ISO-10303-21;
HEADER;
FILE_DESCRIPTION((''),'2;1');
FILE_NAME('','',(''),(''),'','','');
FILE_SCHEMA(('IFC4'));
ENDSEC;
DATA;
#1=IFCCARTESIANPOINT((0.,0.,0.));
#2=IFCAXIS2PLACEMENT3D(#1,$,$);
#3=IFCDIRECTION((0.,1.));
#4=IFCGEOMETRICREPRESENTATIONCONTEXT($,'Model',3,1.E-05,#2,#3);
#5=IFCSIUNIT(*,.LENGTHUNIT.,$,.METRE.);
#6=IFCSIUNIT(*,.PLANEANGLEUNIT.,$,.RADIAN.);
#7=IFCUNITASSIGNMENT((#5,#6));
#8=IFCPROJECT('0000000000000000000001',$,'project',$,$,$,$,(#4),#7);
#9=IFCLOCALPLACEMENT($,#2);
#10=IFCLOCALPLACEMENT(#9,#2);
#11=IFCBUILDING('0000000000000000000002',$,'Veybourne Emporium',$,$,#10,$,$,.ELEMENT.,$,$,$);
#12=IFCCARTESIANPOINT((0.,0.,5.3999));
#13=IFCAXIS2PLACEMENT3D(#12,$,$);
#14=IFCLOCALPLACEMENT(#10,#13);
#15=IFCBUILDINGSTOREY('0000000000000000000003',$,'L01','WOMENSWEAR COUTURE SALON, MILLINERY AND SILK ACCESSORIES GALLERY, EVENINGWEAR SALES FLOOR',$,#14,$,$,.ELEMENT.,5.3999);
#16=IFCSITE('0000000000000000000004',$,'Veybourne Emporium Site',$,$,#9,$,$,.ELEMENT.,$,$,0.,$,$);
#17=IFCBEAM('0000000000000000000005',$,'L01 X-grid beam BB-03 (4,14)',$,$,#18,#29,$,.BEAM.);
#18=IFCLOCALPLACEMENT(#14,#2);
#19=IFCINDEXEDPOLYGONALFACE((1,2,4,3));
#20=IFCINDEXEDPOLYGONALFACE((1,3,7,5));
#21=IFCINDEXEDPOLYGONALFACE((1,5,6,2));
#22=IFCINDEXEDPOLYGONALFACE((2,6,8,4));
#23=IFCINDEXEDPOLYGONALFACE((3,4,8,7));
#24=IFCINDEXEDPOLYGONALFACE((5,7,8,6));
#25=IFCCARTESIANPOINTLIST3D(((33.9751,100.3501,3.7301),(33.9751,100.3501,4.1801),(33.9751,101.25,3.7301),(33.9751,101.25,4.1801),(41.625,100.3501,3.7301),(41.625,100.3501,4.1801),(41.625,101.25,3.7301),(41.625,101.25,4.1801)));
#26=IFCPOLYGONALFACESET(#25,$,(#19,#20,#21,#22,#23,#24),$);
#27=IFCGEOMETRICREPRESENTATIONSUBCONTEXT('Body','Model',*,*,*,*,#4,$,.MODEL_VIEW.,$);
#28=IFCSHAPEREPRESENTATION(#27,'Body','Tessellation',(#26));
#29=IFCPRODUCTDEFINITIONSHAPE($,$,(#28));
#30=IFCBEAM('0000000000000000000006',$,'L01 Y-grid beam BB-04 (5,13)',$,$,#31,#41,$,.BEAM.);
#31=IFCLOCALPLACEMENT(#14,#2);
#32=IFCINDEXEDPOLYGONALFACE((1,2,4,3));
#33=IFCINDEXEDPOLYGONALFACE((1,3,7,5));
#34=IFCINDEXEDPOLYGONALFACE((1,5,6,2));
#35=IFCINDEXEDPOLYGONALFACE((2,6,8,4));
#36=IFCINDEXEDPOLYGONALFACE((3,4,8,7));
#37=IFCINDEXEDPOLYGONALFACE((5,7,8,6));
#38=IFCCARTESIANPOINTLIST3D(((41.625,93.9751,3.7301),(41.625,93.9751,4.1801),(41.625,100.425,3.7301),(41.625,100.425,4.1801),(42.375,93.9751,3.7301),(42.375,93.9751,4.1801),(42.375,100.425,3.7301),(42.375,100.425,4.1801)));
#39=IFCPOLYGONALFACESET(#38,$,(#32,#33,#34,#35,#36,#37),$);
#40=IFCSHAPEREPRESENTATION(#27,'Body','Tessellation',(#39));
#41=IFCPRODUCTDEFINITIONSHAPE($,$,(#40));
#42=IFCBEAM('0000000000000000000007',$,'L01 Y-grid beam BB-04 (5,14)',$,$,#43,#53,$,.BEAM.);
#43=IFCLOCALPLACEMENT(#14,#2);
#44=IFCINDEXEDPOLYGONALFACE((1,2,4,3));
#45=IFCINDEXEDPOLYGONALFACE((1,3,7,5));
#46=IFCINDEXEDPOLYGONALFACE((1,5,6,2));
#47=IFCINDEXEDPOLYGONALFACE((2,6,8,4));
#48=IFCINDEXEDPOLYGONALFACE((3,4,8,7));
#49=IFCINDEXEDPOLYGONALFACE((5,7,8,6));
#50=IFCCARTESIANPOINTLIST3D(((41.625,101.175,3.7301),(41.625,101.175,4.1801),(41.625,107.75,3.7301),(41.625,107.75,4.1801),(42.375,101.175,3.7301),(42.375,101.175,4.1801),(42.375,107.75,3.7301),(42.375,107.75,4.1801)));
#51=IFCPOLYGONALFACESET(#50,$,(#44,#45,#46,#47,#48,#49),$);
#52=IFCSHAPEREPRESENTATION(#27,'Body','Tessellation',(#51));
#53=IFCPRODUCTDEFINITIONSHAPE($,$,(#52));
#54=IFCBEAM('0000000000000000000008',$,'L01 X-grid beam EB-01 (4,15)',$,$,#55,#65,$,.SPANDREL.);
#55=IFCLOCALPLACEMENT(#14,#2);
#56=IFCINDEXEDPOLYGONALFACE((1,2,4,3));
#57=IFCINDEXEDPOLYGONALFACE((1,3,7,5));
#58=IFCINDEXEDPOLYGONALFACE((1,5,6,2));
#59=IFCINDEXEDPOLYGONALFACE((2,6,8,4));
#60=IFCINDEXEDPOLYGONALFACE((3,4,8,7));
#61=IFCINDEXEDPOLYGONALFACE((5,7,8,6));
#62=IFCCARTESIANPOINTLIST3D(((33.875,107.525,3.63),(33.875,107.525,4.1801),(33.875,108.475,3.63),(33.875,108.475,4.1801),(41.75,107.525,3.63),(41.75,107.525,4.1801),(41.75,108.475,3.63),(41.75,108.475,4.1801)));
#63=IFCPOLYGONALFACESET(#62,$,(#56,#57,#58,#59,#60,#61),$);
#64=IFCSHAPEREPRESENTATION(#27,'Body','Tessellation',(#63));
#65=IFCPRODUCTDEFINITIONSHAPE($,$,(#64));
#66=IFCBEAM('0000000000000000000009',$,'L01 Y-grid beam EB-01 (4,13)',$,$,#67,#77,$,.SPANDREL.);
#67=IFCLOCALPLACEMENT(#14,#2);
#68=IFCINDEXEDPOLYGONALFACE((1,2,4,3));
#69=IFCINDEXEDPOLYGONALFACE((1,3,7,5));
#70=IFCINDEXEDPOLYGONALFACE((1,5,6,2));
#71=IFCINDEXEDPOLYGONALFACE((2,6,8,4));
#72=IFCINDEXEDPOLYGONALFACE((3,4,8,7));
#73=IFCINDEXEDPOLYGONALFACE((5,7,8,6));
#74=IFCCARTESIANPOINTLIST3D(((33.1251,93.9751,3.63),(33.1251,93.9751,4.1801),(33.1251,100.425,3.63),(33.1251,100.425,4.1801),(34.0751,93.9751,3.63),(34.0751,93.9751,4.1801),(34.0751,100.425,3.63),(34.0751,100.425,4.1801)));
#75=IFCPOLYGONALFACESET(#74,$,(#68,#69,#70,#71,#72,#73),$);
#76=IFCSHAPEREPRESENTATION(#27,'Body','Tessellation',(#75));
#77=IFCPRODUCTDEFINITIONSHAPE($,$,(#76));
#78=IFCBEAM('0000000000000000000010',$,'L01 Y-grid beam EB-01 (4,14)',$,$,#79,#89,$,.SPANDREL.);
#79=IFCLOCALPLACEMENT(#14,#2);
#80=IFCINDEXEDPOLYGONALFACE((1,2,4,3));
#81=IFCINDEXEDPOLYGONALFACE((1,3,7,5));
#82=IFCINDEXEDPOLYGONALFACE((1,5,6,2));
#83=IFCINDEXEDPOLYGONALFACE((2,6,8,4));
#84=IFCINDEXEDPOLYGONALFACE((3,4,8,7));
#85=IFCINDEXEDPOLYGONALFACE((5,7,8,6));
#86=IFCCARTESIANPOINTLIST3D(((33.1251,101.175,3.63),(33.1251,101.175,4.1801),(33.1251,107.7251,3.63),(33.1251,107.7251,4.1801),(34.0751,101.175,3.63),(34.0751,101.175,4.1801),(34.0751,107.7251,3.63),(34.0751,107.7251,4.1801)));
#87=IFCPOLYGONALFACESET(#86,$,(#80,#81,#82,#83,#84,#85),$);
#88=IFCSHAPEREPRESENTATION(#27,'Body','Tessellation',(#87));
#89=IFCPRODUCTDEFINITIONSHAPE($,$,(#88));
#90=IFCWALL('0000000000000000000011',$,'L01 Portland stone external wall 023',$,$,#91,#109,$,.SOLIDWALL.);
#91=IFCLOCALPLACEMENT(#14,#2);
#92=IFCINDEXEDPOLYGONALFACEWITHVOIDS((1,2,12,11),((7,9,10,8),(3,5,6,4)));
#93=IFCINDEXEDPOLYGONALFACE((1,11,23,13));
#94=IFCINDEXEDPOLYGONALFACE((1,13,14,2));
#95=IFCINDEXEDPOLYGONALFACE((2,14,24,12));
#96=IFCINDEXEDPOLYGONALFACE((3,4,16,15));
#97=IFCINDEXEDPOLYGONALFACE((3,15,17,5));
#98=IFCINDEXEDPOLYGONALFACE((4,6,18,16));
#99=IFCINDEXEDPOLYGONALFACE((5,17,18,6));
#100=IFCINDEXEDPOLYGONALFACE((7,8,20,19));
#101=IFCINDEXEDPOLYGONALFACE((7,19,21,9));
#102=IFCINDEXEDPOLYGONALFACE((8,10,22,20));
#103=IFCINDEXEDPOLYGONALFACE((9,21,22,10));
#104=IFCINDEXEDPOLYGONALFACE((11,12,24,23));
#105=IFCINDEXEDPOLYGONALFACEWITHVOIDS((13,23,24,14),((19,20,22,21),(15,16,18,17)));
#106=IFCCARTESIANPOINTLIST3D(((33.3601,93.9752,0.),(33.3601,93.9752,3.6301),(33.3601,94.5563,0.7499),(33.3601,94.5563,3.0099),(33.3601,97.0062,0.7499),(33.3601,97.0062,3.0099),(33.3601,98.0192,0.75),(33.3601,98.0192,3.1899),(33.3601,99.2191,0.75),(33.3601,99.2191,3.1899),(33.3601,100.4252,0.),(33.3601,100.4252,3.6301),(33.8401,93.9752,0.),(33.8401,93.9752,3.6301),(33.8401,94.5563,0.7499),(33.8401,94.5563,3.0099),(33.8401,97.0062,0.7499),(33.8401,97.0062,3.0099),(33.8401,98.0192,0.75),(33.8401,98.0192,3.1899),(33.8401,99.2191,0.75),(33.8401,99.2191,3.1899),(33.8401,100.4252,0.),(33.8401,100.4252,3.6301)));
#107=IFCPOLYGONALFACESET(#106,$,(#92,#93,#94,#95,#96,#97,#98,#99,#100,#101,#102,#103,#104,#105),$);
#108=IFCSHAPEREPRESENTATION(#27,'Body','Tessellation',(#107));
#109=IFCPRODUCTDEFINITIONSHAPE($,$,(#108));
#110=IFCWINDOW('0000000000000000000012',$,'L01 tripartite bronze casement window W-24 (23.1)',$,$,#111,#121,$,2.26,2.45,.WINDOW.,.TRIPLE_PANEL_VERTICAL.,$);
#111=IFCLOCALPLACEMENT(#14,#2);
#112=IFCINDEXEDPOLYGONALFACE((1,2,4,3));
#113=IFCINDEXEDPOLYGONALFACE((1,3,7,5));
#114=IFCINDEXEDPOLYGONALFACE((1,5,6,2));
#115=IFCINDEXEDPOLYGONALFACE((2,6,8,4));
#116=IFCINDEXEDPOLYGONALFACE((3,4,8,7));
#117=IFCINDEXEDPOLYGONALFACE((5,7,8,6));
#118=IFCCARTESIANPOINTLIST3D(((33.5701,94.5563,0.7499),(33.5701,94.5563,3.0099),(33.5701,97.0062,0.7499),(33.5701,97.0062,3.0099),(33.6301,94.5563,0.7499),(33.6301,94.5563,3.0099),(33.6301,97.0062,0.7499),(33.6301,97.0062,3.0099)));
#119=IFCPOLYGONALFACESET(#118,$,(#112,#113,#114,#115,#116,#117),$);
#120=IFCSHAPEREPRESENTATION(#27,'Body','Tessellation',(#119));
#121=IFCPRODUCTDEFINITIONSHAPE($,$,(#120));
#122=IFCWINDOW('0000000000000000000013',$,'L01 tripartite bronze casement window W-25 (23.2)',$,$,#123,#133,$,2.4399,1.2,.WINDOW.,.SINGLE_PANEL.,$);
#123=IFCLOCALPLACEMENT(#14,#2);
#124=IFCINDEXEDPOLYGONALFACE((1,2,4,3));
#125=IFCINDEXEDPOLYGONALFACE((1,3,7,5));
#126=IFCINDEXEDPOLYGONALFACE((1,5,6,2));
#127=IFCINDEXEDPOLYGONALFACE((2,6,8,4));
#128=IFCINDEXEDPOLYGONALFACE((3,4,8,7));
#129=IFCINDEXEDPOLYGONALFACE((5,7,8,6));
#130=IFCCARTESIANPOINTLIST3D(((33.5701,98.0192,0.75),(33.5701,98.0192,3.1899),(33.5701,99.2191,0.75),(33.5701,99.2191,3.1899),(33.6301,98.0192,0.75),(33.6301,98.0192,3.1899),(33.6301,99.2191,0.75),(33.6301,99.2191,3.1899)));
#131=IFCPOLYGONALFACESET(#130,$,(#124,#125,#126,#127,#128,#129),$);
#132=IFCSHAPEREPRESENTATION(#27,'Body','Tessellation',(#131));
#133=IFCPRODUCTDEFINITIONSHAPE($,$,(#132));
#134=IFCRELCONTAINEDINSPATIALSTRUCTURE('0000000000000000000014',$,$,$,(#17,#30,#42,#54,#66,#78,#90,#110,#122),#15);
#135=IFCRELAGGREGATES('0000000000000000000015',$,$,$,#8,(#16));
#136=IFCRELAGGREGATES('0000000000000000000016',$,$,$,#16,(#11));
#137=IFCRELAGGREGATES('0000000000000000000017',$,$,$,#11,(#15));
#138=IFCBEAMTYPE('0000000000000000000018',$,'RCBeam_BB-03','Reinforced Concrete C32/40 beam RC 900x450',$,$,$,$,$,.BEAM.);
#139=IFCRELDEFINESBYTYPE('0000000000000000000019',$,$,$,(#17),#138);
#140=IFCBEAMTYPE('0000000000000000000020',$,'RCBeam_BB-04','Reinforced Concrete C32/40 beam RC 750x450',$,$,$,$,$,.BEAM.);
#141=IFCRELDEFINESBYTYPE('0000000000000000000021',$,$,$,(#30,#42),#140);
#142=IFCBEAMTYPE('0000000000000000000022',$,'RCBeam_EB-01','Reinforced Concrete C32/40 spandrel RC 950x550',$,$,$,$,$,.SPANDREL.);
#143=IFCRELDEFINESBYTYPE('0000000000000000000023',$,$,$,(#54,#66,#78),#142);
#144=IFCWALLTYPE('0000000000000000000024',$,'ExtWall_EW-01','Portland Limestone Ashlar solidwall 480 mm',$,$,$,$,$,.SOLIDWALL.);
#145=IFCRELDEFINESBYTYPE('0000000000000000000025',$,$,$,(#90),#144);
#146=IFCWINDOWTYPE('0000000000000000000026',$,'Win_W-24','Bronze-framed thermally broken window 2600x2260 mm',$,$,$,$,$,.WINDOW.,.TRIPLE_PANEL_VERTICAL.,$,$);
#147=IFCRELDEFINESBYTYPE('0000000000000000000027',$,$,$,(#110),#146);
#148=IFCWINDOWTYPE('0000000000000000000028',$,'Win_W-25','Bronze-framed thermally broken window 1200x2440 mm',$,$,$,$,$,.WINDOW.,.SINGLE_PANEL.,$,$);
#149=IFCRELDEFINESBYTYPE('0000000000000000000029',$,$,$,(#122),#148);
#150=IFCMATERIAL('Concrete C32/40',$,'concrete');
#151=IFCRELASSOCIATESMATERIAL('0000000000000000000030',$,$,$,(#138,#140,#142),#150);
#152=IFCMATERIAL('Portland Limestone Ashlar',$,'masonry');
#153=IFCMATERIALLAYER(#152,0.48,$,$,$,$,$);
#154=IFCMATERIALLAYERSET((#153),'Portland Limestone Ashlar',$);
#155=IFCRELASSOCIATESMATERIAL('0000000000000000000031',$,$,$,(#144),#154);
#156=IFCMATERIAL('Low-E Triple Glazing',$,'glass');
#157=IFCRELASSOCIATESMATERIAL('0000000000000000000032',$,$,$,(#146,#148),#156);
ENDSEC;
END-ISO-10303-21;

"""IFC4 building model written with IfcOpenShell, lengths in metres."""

from ifc_helpers import new_model, si_unit, direction, frame, frame_2d, origin, origin_2d, place, context, subcontext, project, spatial, rectangle, extrude, material, layer, layer_set, material_profile, profile_set, type_object, element, fill, save


model = new_model("IFC4")

# Units and contexts
model_context = context("Model", 3, precision=1e-05, world=origin(), true_north=direction((0.0, 1.0)))
body_context = subcontext(model_context, "Body", "Model", "MODEL_VIEW")
ifc_project = project(units=[si_unit("LENGTHUNIT", "METRE"), si_unit("PLANEANGLEUNIT", "RADIAN")], contexts=[model_context])

# Site, building, storey
site_placement = place(None, origin())
site = spatial("IfcSite", under=ifc_project, at=site_placement, Name="Veybourne Emporium Site", CompositionType="ELEMENT", RefElevation=0.0)
building_placement = place(site_placement, origin())
building = spatial("IfcBuilding", under=site, at=building_placement, Name="Veybourne Emporium", CompositionType="ELEMENT")
storey_placement = place(building_placement, frame((0.0, 0.0, 5.3999)))
storey = spatial("IfcBuildingStorey", under=building, at=storey_placement, Name="L01", Description="WOMENSWEAR COUTURE SALON, MILLINERY AND SILK ACCESSORIES GALLERY, EVENINGWEAR SALES FLOOR", CompositionType="ELEMENT", Elevation=5.3999)

# Beams
ifc_material_1 = material(Name="Concrete C32/40", Category="concrete")
ifc_material_profile_1 = material_profile(ifc_material_1, rectangle(XDim=0.8999, YDim=0.45, at=origin_2d()), Name="RC 900x450")
ifc_profile_set_1 = profile_set([ifc_material_profile_1], Name="Concrete C32/40")
beam_type_1 = type_object("IfcBeamType", Name="RCBeam_BB-03", Description="Reinforced Concrete C32/40 beam RC 900x450", PredefinedType="BEAM", material=ifc_profile_set_1)
beam_1_placement = place(storey_placement, frame((33.9751, 100.8, 3.9551), z_axis=(1.0, 0.0, 0.0), x_axis=(0.0, 1.0, 0.0)))
element("IfcBeam", 1, at=beam_1_placement, inside=storey, type_object=beam_type_1, Name="L01 X-grid beam BB-03 (4,14)", PredefinedType="BEAM", context=body_context, shape_type="SweptSolid", body=[
    extrude(rectangle(XDim=0.8999, YDim=0.45, at=origin_2d()), origin(), (0.0, 0.0, 1.0), 7.6499),
])
ifc_material_profile_2 = material_profile(ifc_material_1, rectangle(XDim=0.75, YDim=0.45, at=origin_2d()), Name="RC 750x450")
ifc_profile_set_2 = profile_set([ifc_material_profile_2], Name="Concrete C32/40")
beam_type_2 = type_object("IfcBeamType", Name="RCBeam_BB-04", Description="Reinforced Concrete C32/40 beam RC 750x450", PredefinedType="BEAM", material=ifc_profile_set_2)
beam_2_placement = place(storey_placement, frame((42.0, 93.9751, 3.9551), z_axis=(0.0, 1.0, 0.0), x_axis=(-1.0, 0.0, 0.0)))
element("IfcBeam", 2, at=beam_2_placement, inside=storey, type_object=beam_type_2, Name="L01 Y-grid beam BB-04 (5,13)", PredefinedType="BEAM", context=body_context, shape_type="SweptSolid", body=[
    extrude(rectangle(XDim=0.75, YDim=0.45, at=origin_2d()), origin(), (0.0, 0.0, 1.0), 6.45),
])
beam_3_placement = place(storey_placement, frame((42.0, 101.175, 3.9551), z_axis=(0.0, 1.0, 0.0), x_axis=(-1.0, 0.0, 0.0)))
element("IfcBeam", 3, at=beam_3_placement, inside=storey, type_object=beam_type_2, Name="L01 Y-grid beam BB-04 (5,14)", PredefinedType="BEAM", context=body_context, shape_type="SweptSolid", body=[
    extrude(rectangle(XDim=0.75, YDim=0.45, at=origin_2d()), origin(), (0.0, 0.0, 1.0), 6.575),
])
ifc_material_profile_3 = material_profile(ifc_material_1, rectangle(XDim=0.95, YDim=0.55, at=origin_2d()), Name="RC 950x550")
ifc_profile_set_3 = profile_set([ifc_material_profile_3], Name="Concrete C32/40")
beam_type_3 = type_object("IfcBeamType", Name="RCBeam_EB-01", Description="Reinforced Concrete C32/40 spandrel RC 950x550", PredefinedType="SPANDREL", material=ifc_profile_set_3)
beam_4_placement = place(storey_placement, frame((33.875, 108.0, 3.905), z_axis=(1.0, 0.0, 0.0), x_axis=(0.0, 1.0, 0.0)))
element("IfcBeam", 4, at=beam_4_placement, inside=storey, type_object=beam_type_3, Name="L01 X-grid beam EB-01 (4,15)", PredefinedType="SPANDREL", context=body_context, shape_type="SweptSolid", body=[
    extrude(rectangle(XDim=0.95, YDim=0.55, at=origin_2d()), origin(), (0.0, 0.0, 1.0), 7.875),
])
beam_5_placement = place(storey_placement, frame((33.6001, 93.9751, 3.905), z_axis=(0.0, 1.0, 0.0), x_axis=(-1.0, 0.0, 0.0)))
element("IfcBeam", 5, at=beam_5_placement, inside=storey, type_object=beam_type_3, Name="L01 Y-grid beam EB-01 (4,13)", PredefinedType="SPANDREL", context=body_context, shape_type="SweptSolid", body=[
    extrude(rectangle(XDim=0.95, YDim=0.55, at=origin_2d()), origin(), (0.0, 0.0, 1.0), 6.45),
])
beam_6_placement = place(storey_placement, frame((33.6001, 101.175, 3.905), z_axis=(0.0, 1.0, 0.0), x_axis=(-1.0, 0.0, 0.0)))
element("IfcBeam", 6, at=beam_6_placement, inside=storey, type_object=beam_type_3, Name="L01 Y-grid beam EB-01 (4,14)", PredefinedType="SPANDREL", context=body_context, shape_type="SweptSolid", body=[
    extrude(rectangle(XDim=0.95, YDim=0.55, at=origin_2d()), origin(), (0.0, 0.0, 1.0), 6.55),
])

# Wall, openings, windows
ifc_material_2 = material(Name="Portland Limestone Ashlar", Category="masonry")
ifc_layer_1 = layer(ifc_material_2, 0.48)
ifc_layer_set_1 = layer_set([ifc_layer_1], Name="Portland Limestone Ashlar")
wall_type_1 = type_object("IfcWallType", Name="ExtWall_EW-01", Description="Portland Limestone Ashlar solidwall 480 mm", PredefinedType="SOLIDWALL", material=ifc_layer_set_1)
wall_1_placement = place(storey_placement, frame((33.6001, 93.9751, 0.0), z_axis=(0.0, 0.0, 1.0), x_axis=(0.0, 1.0, 0.0)))
wall_1 = element("IfcWall", 7, at=wall_1_placement, inside=storey, type_object=wall_type_1, Name="L01 Portland stone external wall 023", PredefinedType="SOLIDWALL", context=body_context, shape_type="SweptSolid", body=[
    extrude(rectangle(XDim=6.45, YDim=0.48, at=frame_2d((3.2251, 0.0))), origin(), (0.0, 0.0, 1.0), 3.6301),
])
opening_1_placement = place(wall_1_placement, frame((0.5811, 0.0, 0.75)))
opening_1 = element("IfcOpeningElement", 8, at=opening_1_placement, cuts=wall_1, PredefinedType="OPENING", context=body_context, shape_type="SweptSolid", body=[
    extrude(rectangle(XDim=2.45, YDim=2.26, at=frame_2d((1.2251, 1.1299))), frame((0.0, 0.26, 0.0), z_axis=(0.0, -1.0, 0.0), x_axis=(1.0, 0.0, 0.0)), (0.0, 0.0, 1.0), 0.52),
])
opening_2_placement = place(wall_1_placement, frame((4.0439, 0.0, 0.75)))
opening_2 = element("IfcOpeningElement", 9, at=opening_2_placement, cuts=wall_1, PredefinedType="OPENING", context=body_context, shape_type="SweptSolid", body=[
    extrude(rectangle(XDim=1.2, YDim=2.4399, at=frame_2d((0.6001, 1.22))), frame((0.0, 0.26, 0.0), z_axis=(0.0, -1.0, 0.0), x_axis=(1.0, 0.0, 0.0)), (0.0, 0.0, 1.0), 0.52),
])
ifc_material_3 = material(Name="Low-E Triple Glazing", Category="glass")
window_type_1 = type_object("IfcWindowType", Name="Win_W-24", Description="Bronze-framed thermally broken window 2600x2260 mm", PartitioningType="TRIPLE_PANEL_VERTICAL", PredefinedType="WINDOW", material=ifc_material_3)
window_1_placement = place(opening_1_placement, origin())
window_1 = element("IfcWindow", 10, at=window_1_placement, inside=storey, type_object=window_type_1, Name="L01 tripartite bronze casement window W-24 (23.1)", OverallHeight=2.26, OverallWidth=2.45, PartitioningType="TRIPLE_PANEL_VERTICAL", PredefinedType="WINDOW", context=body_context, shape_type="SweptSolid", body=[
    extrude(rectangle(XDim=2.45, YDim=2.26, at=frame_2d((1.2251, 1.1299))), frame((0.0, 0.03, 0.0), z_axis=(0.0, -1.0, 0.0), x_axis=(1.0, 0.0, 0.0)), (0.0, 0.0, 1.0), 0.0601),
])
fill(opening_1, window_1)
window_type_2 = type_object("IfcWindowType", Name="Win_W-25", Description="Bronze-framed thermally broken window 1200x2440 mm", PartitioningType="SINGLE_PANEL", PredefinedType="WINDOW", material=ifc_material_3)
window_2_placement = place(opening_2_placement, origin())
window_2 = element("IfcWindow", 11, at=window_2_placement, inside=storey, type_object=window_type_2, Name="L01 tripartite bronze casement window W-25 (23.2)", OverallHeight=2.4399, OverallWidth=1.2, PartitioningType="SINGLE_PANEL", PredefinedType="WINDOW", context=body_context, shape_type="SweptSolid", body=[
    extrude(rectangle(XDim=1.2, YDim=2.4399, at=frame_2d((0.6001, 1.22))), frame((0.0, 0.03, 0.0), z_axis=(0.0, -1.0, 0.0), x_axis=(1.0, 0.0, 0.0)), (0.0, 0.0, 1.0), 0.0601),
])
fill(opening_2, window_2)

save(model, "model.ifc")
